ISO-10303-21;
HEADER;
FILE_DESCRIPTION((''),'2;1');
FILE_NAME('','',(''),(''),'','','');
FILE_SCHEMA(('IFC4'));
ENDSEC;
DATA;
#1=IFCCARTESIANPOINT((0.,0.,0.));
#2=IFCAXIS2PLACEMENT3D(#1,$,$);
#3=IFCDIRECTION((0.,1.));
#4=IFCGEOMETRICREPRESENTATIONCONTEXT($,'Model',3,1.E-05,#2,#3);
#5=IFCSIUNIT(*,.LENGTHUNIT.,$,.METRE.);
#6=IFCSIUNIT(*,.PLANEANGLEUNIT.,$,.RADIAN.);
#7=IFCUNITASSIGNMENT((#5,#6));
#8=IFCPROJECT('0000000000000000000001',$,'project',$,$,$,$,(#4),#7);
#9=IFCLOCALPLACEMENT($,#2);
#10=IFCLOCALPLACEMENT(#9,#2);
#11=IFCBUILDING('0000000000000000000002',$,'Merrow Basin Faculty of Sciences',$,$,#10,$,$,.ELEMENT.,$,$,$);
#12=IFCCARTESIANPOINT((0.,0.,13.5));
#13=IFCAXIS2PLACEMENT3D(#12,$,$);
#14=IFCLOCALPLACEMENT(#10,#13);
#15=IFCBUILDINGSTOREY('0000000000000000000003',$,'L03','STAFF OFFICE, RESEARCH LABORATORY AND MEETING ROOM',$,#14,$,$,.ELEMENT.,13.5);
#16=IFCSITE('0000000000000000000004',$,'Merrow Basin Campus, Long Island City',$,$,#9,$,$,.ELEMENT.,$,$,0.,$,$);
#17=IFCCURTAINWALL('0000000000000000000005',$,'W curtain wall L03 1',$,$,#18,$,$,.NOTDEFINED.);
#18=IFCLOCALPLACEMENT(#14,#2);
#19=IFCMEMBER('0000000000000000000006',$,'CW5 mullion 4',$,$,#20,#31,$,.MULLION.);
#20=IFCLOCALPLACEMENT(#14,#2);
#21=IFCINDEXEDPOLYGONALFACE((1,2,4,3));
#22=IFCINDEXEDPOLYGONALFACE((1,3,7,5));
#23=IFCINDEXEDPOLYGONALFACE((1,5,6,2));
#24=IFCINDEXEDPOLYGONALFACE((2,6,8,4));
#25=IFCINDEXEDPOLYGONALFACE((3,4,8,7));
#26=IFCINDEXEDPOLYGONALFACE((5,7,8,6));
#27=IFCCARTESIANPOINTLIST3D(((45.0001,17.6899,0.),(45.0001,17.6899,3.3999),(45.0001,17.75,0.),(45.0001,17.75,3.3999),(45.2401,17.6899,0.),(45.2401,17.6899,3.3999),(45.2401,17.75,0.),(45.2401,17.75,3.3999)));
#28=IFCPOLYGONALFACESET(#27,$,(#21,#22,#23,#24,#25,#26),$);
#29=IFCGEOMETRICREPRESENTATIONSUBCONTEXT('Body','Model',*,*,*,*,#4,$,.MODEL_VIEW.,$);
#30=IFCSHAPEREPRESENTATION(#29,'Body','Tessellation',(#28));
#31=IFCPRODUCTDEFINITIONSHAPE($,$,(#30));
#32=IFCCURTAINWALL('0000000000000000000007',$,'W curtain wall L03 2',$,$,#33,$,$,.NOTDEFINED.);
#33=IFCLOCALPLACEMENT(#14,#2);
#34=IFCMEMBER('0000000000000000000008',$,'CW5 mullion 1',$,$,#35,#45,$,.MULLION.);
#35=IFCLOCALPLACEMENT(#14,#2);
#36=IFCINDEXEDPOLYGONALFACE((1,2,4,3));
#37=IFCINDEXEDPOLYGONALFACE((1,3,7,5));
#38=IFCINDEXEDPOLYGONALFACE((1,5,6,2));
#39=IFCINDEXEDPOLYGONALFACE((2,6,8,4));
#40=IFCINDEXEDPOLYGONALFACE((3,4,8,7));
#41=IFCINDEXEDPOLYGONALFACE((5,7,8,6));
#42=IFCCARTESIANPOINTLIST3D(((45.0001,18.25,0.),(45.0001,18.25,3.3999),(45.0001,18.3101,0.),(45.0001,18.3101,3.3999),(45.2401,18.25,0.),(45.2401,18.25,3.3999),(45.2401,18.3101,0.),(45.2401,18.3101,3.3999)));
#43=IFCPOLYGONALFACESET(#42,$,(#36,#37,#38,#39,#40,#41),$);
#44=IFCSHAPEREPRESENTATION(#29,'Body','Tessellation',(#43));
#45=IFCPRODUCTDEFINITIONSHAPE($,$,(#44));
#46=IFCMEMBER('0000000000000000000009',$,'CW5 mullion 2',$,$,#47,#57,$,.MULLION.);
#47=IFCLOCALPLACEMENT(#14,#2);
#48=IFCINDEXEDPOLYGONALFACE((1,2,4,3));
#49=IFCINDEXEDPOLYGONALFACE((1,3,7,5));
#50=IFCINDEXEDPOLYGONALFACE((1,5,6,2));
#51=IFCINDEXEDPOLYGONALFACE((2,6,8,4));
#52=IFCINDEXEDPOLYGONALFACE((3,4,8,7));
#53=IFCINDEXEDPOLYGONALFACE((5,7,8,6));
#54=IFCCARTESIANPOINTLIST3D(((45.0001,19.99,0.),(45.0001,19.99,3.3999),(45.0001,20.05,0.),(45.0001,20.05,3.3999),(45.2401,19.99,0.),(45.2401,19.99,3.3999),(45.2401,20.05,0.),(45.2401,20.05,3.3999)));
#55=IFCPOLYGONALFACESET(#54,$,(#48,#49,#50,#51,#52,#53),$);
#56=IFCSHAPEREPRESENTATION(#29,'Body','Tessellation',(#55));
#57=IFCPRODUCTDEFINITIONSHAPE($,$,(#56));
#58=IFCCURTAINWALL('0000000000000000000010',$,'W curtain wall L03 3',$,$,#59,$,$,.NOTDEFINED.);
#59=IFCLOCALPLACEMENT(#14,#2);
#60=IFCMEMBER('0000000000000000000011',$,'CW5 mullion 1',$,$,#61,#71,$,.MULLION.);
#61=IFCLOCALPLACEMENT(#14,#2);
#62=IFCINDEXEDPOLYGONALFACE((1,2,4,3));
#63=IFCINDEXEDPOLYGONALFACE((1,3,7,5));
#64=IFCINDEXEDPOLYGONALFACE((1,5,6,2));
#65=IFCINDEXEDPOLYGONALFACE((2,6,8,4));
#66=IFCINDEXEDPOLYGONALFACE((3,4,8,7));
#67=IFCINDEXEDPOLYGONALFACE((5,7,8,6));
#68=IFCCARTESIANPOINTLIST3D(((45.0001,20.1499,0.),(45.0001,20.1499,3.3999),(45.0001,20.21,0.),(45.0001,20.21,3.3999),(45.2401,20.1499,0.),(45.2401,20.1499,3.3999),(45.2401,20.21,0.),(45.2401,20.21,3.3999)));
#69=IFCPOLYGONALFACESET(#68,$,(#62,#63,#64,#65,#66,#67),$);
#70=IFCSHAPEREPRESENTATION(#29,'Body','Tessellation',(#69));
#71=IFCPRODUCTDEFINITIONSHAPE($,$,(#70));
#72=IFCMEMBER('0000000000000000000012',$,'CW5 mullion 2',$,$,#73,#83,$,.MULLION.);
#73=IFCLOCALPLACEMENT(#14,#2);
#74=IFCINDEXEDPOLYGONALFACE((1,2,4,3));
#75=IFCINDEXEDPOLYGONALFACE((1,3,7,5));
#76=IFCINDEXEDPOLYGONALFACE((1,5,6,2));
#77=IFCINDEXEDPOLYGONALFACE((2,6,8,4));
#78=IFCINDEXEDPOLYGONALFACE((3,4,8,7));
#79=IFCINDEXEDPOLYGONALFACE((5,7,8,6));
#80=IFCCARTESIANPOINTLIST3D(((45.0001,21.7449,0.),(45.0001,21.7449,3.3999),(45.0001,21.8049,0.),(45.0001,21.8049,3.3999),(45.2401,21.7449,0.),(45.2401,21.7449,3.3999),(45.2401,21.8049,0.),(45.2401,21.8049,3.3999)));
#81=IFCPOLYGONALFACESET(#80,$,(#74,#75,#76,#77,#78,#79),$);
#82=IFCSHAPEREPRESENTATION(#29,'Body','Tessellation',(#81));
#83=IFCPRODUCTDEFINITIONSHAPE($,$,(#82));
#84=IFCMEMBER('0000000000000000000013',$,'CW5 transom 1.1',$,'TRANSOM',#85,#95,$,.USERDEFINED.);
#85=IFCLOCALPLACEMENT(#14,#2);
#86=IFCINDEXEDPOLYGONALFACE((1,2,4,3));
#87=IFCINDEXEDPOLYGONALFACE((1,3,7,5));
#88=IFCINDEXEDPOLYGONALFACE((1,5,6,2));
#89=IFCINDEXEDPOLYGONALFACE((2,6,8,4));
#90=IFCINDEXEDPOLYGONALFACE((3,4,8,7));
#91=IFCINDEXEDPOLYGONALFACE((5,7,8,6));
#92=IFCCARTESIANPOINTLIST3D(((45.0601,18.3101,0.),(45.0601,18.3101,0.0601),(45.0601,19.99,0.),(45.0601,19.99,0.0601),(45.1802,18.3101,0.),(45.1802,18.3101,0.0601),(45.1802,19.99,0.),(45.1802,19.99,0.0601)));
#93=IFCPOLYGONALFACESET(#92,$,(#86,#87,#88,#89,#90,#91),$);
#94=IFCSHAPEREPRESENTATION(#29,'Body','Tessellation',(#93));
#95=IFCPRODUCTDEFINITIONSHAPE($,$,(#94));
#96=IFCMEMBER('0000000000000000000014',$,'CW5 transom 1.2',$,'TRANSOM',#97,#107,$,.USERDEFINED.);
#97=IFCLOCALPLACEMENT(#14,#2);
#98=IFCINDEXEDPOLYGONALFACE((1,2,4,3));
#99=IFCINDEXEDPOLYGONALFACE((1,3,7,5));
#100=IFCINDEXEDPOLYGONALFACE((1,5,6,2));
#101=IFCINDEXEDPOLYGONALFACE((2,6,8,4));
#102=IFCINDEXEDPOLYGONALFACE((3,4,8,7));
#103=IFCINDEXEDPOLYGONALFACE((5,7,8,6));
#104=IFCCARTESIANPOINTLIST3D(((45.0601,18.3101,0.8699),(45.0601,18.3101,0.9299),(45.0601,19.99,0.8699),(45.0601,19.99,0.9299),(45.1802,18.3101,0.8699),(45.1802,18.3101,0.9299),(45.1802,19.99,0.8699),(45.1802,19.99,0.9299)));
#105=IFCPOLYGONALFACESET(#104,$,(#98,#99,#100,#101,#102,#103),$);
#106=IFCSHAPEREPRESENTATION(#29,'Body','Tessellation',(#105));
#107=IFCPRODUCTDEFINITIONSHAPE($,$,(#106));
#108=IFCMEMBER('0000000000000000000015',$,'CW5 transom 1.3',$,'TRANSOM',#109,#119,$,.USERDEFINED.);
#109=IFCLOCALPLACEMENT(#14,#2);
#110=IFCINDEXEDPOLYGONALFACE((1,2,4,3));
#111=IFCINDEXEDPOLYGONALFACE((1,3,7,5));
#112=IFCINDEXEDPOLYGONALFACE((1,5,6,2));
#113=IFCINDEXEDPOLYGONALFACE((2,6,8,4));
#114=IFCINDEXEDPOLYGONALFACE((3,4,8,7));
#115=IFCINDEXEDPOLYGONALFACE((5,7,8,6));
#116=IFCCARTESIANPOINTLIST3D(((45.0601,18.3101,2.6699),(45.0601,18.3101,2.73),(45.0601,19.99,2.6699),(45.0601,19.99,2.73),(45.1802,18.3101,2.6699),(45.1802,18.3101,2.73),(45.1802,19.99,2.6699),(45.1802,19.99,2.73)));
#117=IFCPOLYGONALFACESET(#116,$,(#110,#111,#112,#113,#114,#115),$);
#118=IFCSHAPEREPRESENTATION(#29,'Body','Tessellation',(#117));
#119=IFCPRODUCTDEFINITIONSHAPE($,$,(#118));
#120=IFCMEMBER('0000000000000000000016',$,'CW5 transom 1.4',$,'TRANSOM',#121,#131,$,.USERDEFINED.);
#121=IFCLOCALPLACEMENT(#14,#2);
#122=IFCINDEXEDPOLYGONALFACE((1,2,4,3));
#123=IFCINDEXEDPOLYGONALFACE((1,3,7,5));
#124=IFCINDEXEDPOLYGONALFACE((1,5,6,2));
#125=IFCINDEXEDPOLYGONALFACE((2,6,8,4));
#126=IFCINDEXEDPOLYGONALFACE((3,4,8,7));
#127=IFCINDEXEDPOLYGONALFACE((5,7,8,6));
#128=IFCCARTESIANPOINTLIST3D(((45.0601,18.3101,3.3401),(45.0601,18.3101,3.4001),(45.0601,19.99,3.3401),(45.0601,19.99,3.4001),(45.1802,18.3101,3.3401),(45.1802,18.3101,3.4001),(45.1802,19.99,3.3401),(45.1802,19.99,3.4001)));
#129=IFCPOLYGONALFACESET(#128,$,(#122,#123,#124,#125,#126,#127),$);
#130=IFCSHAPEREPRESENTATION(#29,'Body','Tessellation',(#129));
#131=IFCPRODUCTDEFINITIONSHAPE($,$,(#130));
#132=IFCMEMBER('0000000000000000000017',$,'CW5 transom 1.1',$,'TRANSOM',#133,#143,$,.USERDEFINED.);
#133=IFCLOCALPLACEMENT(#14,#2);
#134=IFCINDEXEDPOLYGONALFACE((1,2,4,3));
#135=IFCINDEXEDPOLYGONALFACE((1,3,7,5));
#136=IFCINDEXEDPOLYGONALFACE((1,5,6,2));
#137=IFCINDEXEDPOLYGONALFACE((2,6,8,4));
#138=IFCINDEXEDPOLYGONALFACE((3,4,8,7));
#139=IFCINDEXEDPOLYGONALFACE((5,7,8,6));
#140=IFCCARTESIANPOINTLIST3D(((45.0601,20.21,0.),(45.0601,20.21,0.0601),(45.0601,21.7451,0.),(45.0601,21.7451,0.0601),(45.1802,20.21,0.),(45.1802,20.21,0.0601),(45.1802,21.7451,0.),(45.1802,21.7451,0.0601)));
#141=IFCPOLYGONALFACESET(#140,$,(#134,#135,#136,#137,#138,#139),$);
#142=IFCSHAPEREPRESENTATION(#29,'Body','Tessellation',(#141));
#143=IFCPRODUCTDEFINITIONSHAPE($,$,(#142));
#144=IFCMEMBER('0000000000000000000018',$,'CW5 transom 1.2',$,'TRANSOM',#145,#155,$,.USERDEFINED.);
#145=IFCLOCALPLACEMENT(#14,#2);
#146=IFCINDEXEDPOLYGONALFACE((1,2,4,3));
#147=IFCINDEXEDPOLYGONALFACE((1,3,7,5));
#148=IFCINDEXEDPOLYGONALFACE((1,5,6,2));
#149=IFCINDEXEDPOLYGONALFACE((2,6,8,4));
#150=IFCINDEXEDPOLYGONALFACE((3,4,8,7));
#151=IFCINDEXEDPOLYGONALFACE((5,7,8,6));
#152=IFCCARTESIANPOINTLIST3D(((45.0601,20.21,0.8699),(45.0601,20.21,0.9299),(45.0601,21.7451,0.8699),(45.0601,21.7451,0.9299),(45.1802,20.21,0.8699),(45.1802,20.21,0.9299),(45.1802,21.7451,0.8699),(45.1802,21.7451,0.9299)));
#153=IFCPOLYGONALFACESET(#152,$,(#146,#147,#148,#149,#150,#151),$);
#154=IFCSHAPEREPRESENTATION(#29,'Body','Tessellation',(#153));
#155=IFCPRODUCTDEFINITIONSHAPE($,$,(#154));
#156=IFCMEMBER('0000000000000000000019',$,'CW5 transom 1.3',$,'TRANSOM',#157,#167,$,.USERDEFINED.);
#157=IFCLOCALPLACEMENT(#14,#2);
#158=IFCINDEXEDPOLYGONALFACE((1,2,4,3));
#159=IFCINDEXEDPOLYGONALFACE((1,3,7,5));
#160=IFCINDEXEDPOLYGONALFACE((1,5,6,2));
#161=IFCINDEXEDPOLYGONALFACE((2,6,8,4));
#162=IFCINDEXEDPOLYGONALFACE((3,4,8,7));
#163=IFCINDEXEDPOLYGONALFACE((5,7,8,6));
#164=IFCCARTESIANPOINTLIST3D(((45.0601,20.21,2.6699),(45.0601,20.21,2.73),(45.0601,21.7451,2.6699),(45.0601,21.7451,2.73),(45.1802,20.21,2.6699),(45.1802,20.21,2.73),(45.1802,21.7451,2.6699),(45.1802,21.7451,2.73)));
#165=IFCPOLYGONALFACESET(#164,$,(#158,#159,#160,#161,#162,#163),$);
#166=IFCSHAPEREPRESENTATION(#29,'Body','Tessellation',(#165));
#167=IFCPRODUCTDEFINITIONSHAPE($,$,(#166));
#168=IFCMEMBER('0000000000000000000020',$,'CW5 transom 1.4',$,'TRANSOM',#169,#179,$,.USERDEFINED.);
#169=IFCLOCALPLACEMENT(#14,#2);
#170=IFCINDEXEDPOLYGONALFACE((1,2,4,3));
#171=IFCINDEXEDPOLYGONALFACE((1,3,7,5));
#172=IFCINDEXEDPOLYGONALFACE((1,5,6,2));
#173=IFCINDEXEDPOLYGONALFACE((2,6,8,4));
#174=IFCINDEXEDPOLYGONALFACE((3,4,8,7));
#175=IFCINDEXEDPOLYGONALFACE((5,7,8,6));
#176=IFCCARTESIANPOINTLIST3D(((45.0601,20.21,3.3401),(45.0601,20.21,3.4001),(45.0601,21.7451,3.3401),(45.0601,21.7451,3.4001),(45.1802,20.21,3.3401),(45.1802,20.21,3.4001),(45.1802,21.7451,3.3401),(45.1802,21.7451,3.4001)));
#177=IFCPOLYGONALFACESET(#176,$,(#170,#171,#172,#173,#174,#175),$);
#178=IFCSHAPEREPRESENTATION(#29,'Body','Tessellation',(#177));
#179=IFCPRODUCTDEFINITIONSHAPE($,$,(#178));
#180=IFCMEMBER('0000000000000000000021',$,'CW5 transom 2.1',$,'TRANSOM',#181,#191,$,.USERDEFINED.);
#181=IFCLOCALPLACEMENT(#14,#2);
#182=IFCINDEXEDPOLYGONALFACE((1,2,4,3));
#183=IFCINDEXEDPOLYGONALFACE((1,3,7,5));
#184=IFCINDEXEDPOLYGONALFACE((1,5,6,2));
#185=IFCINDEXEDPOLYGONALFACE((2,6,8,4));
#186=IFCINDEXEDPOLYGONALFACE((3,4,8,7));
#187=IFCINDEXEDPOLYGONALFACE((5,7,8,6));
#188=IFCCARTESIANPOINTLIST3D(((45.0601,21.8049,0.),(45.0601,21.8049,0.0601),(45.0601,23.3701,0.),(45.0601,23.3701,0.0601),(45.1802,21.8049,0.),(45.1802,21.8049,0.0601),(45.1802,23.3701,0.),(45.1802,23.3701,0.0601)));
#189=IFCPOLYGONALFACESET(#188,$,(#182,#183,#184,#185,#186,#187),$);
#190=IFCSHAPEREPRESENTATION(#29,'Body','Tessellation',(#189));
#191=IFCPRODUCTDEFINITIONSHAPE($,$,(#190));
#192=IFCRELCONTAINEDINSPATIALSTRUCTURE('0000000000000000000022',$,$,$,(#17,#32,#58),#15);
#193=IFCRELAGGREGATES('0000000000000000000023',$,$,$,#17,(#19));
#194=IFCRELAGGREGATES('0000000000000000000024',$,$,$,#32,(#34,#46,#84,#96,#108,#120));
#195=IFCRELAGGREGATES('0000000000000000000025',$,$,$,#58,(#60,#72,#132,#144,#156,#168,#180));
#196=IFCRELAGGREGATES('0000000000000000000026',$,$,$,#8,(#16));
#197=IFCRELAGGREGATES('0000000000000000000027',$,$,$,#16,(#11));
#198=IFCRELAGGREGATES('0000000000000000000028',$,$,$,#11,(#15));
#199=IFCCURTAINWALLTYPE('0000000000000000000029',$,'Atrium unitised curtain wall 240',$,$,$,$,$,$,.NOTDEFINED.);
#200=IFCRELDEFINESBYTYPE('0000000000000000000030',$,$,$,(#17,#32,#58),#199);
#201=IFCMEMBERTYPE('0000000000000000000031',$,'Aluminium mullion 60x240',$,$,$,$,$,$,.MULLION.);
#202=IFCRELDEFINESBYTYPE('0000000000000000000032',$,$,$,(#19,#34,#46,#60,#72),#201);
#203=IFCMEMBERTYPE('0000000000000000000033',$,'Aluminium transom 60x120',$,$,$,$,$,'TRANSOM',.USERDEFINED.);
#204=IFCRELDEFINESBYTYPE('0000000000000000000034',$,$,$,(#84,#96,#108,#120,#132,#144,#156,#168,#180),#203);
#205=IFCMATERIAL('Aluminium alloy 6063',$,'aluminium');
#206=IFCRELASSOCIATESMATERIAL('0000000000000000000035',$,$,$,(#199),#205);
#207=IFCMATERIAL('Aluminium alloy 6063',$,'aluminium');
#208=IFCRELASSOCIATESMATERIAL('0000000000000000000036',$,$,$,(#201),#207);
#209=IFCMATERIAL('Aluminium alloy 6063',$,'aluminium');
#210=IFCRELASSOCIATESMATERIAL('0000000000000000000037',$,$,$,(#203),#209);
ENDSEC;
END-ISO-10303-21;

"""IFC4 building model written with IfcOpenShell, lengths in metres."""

from ifc_helpers import new_model, si_unit, direction, frame, origin, origin_2d, place, context, subcontext, project, spatial, rectangle, extrude, material, material_profile, profile_set, type_object, element, aggregate, save


model = new_model("IFC4")

# Units and contexts
model_context = context("Model", 3, precision=1e-05, world=origin(), true_north=direction((0.0, 1.0)))
body_context = subcontext(model_context, "Body", "Model", "MODEL_VIEW")
ifc_project = project(units=[si_unit("LENGTHUNIT", "METRE"), si_unit("PLANEANGLEUNIT", "RADIAN")], contexts=[model_context])

# Site, building, storey
site_placement = place(None, origin())
site = spatial("IfcSite", under=ifc_project, at=site_placement, Name="Merrow Basin Campus, Long Island City", CompositionType="ELEMENT", RefElevation=0.0)
building_placement = place(site_placement, origin())
building = spatial("IfcBuilding", under=site, at=building_placement, Name="Merrow Basin Faculty of Sciences", CompositionType="ELEMENT")
storey_placement = place(building_placement, frame((0.0, 0.0, 13.5)))
storey = spatial("IfcBuildingStorey", under=building, at=storey_placement, Name="L03", Description="STAFF OFFICE, RESEARCH LABORATORY AND MEETING ROOM", CompositionType="ELEMENT", Elevation=13.5)

# Curtain wall, member
ifc_material_1 = material(Name="Aluminium alloy 6063", Category="aluminium")
curtain_wall_type = type_object("IfcCurtainWallType", Name="Atrium unitised curtain wall 240", PredefinedType="NOTDEFINED", material=ifc_material_1)
curtain_wall_1_placement = place(storey_placement, origin())
curtain_wall_1 = element("IfcCurtainWall", 1, at=curtain_wall_1_placement, inside=storey, type_object=curtain_wall_type, Name="W curtain wall L03 1", PredefinedType="NOTDEFINED")
ifc_material_2 = material(Name="Aluminium alloy 6063", Category="aluminium")
ifc_material_profile_1 = material_profile(ifc_material_2, rectangle(XDim=0.24, YDim=0.0601, at=origin_2d()))
ifc_profile_set_1 = profile_set([ifc_material_profile_1], Name="Aluminium alloy 6063")
member_type_1 = type_object("IfcMemberType", Name="Aluminium mullion 60x240", PredefinedType="MULLION", material=ifc_profile_set_1)
member_1_placement = place(storey_placement, frame((45.1201, 17.72, 0.0), z_axis=(0.0, 0.0, 1.0), x_axis=(-1.0, 0.0, 0.0)))
member_1 = element("IfcMember", 2, at=member_1_placement, type_object=member_type_1, Name="CW5 mullion 4", PredefinedType="MULLION", context=body_context, shape_type="SweptSolid", body=[
    extrude(rectangle(XDim=0.24, YDim=0.0601, at=origin_2d()), origin(), (0.0, 0.0, 1.0), 3.3999),
])

# Curtain walls, members
curtain_wall_2_placement = place(storey_placement, origin())
curtain_wall_2 = element("IfcCurtainWall", 3, at=curtain_wall_2_placement, inside=storey, type_object=curtain_wall_type, Name="W curtain wall L03 2", PredefinedType="NOTDEFINED")
member_2_placement = place(storey_placement, frame((45.1201, 18.28, 0.0), z_axis=(0.0, 0.0, 1.0), x_axis=(-1.0, 0.0, 0.0)))
member_2 = element("IfcMember", 4, at=member_2_placement, type_object=member_type_1, Name="CW5 mullion 1", PredefinedType="MULLION", context=body_context, shape_type="SweptSolid", body=[
    extrude(rectangle(XDim=0.24, YDim=0.0601, at=origin_2d()), origin(), (0.0, 0.0, 1.0), 3.3999),
])
member_3_placement = place(storey_placement, frame((45.1201, 20.02, 0.0), z_axis=(0.0, 0.0, 1.0), x_axis=(-1.0, 0.0, 0.0)))
member_3 = element("IfcMember", 5, at=member_3_placement, type_object=member_type_1, Name="CW5 mullion 2", PredefinedType="MULLION", context=body_context, shape_type="SweptSolid", body=[
    extrude(rectangle(XDim=0.24, YDim=0.0601, at=origin_2d()), origin(), (0.0, 0.0, 1.0), 3.3999),
])
curtain_wall_3_placement = place(storey_placement, origin())
curtain_wall_3 = element("IfcCurtainWall", 6, at=curtain_wall_3_placement, inside=storey, type_object=curtain_wall_type, Name="W curtain wall L03 3", PredefinedType="NOTDEFINED")
member_4_placement = place(storey_placement, frame((45.1201, 20.1799, 0.0), z_axis=(0.0, 0.0, 1.0), x_axis=(-1.0, 0.0, 0.0)))
member_4 = element("IfcMember", 7, at=member_4_placement, type_object=member_type_1, Name="CW5 mullion 1", PredefinedType="MULLION", context=body_context, shape_type="SweptSolid", body=[
    extrude(rectangle(XDim=0.24, YDim=0.0601, at=origin_2d()), origin(), (0.0, 0.0, 1.0), 3.3999),
])
member_5_placement = place(storey_placement, frame((45.1201, 21.7749, 0.0), z_axis=(0.0, 0.0, 1.0), x_axis=(-1.0, 0.0, 0.0)))
member_5 = element("IfcMember", 8, at=member_5_placement, type_object=member_type_1, Name="CW5 mullion 2", PredefinedType="MULLION", context=body_context, shape_type="SweptSolid", body=[
    extrude(rectangle(XDim=0.24, YDim=0.0601, at=origin_2d()), origin(), (0.0, 0.0, 1.0), 3.3999),
])

# Members
ifc_material_3 = material(Name="Aluminium alloy 6063", Category="aluminium")
ifc_material_profile_2 = material_profile(ifc_material_3, rectangle(XDim=0.1201, YDim=0.0601, at=origin_2d()))
ifc_profile_set_2 = profile_set([ifc_material_profile_2], Name="Aluminium alloy 6063")
member_type_2 = type_object("IfcMemberType", Name="Aluminium transom 60x120", ElementType="TRANSOM", PredefinedType="USERDEFINED", material=ifc_profile_set_2)
member_6_placement = place(storey_placement, frame((45.1201, 18.3101, 0.03), z_axis=(0.0, 1.0, 0.0), x_axis=(-1.0, 0.0, 0.0)))
member_6 = element("IfcMember", 9, at=member_6_placement, type_object=member_type_2, Name="CW5 transom 1.1", ObjectType="TRANSOM", PredefinedType="USERDEFINED", context=body_context, shape_type="SweptSolid", body=[
    extrude(rectangle(XDim=0.1201, YDim=0.0601, at=origin_2d()), origin(), (0.0, 0.0, 1.0), 1.6799),
])
member_7_placement = place(storey_placement, frame((45.1201, 18.3101, 0.8999), z_axis=(0.0, 1.0, 0.0), x_axis=(-1.0, 0.0, 0.0)))
member_7 = element("IfcMember", 10, at=member_7_placement, type_object=member_type_2, Name="CW5 transom 1.2", ObjectType="TRANSOM", PredefinedType="USERDEFINED", context=body_context, shape_type="SweptSolid", body=[
    extrude(rectangle(XDim=0.1201, YDim=0.0601, at=origin_2d()), origin(), (0.0, 0.0, 1.0), 1.6799),
])
member_8_placement = place(storey_placement, frame((45.1201, 18.3101, 2.7), z_axis=(0.0, 1.0, 0.0), x_axis=(-1.0, 0.0, 0.0)))
member_8 = element("IfcMember", 11, at=member_8_placement, type_object=member_type_2, Name="CW5 transom 1.3", ObjectType="TRANSOM", PredefinedType="USERDEFINED", context=body_context, shape_type="SweptSolid", body=[
    extrude(rectangle(XDim=0.1201, YDim=0.0601, at=origin_2d()), origin(), (0.0, 0.0, 1.0), 1.6799),
])
member_9_placement = place(storey_placement, frame((45.1201, 18.3101, 3.3701), z_axis=(0.0, 1.0, 0.0), x_axis=(-1.0, 0.0, 0.0)))
member_9 = element("IfcMember", 12, at=member_9_placement, type_object=member_type_2, Name="CW5 transom 1.4", ObjectType="TRANSOM", PredefinedType="USERDEFINED", context=body_context, shape_type="SweptSolid", body=[
    extrude(rectangle(XDim=0.1201, YDim=0.0601, at=origin_2d()), origin(), (0.0, 0.0, 1.0), 1.6799),
])
member_10_placement = place(storey_placement, frame((45.1201, 20.21, 0.03), z_axis=(0.0, 1.0, 0.0), x_axis=(-1.0, 0.0, 0.0)))
member_10 = element("IfcMember", 13, at=member_10_placement, type_object=member_type_2, Name="CW5 transom 1.1", ObjectType="TRANSOM", PredefinedType="USERDEFINED", context=body_context, shape_type="SweptSolid", body=[
    extrude(rectangle(XDim=0.1201, YDim=0.0601, at=origin_2d()), origin(), (0.0, 0.0, 1.0), 1.5352),
])
member_11_placement = place(storey_placement, frame((45.1201, 20.21, 0.8999), z_axis=(0.0, 1.0, 0.0), x_axis=(-1.0, 0.0, 0.0)))
member_11 = element("IfcMember", 14, at=member_11_placement, type_object=member_type_2, Name="CW5 transom 1.2", ObjectType="TRANSOM", PredefinedType="USERDEFINED", context=body_context, shape_type="SweptSolid", body=[
    extrude(rectangle(XDim=0.1201, YDim=0.0601, at=origin_2d()), origin(), (0.0, 0.0, 1.0), 1.5352),
])
member_12_placement = place(storey_placement, frame((45.1201, 20.21, 2.7), z_axis=(0.0, 1.0, 0.0), x_axis=(-1.0, 0.0, 0.0)))
member_12 = element("IfcMember", 15, at=member_12_placement, type_object=member_type_2, Name="CW5 transom 1.3", ObjectType="TRANSOM", PredefinedType="USERDEFINED", context=body_context, shape_type="SweptSolid", body=[
    extrude(rectangle(XDim=0.1201, YDim=0.0601, at=origin_2d()), origin(), (0.0, 0.0, 1.0), 1.5352),
])
member_13_placement = place(storey_placement, frame((45.1201, 20.21, 3.3701), z_axis=(0.0, 1.0, 0.0), x_axis=(-1.0, 0.0, 0.0)))
member_13 = element("IfcMember", 16, at=member_13_placement, type_object=member_type_2, Name="CW5 transom 1.4", ObjectType="TRANSOM", PredefinedType="USERDEFINED", context=body_context, shape_type="SweptSolid", body=[
    extrude(rectangle(XDim=0.1201, YDim=0.0601, at=origin_2d()), origin(), (0.0, 0.0, 1.0), 1.5352),
])
member_14_placement = place(storey_placement, frame((45.1201, 21.8049, 0.03), z_axis=(0.0, 1.0, 0.0), x_axis=(-1.0, 0.0, 0.0)))
member_14 = element("IfcMember", 17, at=member_14_placement, type_object=member_type_2, Name="CW5 transom 2.1", ObjectType="TRANSOM", PredefinedType="USERDEFINED", context=body_context, shape_type="SweptSolid", body=[
    extrude(rectangle(XDim=0.1201, YDim=0.0601, at=origin_2d()), origin(), (0.0, 0.0, 1.0), 1.5652),
])

aggregate(curtain_wall_1, [member_1])
aggregate(curtain_wall_2, [member_2, member_3, member_6, member_7, member_8, member_9])
aggregate(curtain_wall_3, [member_4, member_5, member_10, member_11, member_12, member_13, member_14])

save(model, "model.ifc")
